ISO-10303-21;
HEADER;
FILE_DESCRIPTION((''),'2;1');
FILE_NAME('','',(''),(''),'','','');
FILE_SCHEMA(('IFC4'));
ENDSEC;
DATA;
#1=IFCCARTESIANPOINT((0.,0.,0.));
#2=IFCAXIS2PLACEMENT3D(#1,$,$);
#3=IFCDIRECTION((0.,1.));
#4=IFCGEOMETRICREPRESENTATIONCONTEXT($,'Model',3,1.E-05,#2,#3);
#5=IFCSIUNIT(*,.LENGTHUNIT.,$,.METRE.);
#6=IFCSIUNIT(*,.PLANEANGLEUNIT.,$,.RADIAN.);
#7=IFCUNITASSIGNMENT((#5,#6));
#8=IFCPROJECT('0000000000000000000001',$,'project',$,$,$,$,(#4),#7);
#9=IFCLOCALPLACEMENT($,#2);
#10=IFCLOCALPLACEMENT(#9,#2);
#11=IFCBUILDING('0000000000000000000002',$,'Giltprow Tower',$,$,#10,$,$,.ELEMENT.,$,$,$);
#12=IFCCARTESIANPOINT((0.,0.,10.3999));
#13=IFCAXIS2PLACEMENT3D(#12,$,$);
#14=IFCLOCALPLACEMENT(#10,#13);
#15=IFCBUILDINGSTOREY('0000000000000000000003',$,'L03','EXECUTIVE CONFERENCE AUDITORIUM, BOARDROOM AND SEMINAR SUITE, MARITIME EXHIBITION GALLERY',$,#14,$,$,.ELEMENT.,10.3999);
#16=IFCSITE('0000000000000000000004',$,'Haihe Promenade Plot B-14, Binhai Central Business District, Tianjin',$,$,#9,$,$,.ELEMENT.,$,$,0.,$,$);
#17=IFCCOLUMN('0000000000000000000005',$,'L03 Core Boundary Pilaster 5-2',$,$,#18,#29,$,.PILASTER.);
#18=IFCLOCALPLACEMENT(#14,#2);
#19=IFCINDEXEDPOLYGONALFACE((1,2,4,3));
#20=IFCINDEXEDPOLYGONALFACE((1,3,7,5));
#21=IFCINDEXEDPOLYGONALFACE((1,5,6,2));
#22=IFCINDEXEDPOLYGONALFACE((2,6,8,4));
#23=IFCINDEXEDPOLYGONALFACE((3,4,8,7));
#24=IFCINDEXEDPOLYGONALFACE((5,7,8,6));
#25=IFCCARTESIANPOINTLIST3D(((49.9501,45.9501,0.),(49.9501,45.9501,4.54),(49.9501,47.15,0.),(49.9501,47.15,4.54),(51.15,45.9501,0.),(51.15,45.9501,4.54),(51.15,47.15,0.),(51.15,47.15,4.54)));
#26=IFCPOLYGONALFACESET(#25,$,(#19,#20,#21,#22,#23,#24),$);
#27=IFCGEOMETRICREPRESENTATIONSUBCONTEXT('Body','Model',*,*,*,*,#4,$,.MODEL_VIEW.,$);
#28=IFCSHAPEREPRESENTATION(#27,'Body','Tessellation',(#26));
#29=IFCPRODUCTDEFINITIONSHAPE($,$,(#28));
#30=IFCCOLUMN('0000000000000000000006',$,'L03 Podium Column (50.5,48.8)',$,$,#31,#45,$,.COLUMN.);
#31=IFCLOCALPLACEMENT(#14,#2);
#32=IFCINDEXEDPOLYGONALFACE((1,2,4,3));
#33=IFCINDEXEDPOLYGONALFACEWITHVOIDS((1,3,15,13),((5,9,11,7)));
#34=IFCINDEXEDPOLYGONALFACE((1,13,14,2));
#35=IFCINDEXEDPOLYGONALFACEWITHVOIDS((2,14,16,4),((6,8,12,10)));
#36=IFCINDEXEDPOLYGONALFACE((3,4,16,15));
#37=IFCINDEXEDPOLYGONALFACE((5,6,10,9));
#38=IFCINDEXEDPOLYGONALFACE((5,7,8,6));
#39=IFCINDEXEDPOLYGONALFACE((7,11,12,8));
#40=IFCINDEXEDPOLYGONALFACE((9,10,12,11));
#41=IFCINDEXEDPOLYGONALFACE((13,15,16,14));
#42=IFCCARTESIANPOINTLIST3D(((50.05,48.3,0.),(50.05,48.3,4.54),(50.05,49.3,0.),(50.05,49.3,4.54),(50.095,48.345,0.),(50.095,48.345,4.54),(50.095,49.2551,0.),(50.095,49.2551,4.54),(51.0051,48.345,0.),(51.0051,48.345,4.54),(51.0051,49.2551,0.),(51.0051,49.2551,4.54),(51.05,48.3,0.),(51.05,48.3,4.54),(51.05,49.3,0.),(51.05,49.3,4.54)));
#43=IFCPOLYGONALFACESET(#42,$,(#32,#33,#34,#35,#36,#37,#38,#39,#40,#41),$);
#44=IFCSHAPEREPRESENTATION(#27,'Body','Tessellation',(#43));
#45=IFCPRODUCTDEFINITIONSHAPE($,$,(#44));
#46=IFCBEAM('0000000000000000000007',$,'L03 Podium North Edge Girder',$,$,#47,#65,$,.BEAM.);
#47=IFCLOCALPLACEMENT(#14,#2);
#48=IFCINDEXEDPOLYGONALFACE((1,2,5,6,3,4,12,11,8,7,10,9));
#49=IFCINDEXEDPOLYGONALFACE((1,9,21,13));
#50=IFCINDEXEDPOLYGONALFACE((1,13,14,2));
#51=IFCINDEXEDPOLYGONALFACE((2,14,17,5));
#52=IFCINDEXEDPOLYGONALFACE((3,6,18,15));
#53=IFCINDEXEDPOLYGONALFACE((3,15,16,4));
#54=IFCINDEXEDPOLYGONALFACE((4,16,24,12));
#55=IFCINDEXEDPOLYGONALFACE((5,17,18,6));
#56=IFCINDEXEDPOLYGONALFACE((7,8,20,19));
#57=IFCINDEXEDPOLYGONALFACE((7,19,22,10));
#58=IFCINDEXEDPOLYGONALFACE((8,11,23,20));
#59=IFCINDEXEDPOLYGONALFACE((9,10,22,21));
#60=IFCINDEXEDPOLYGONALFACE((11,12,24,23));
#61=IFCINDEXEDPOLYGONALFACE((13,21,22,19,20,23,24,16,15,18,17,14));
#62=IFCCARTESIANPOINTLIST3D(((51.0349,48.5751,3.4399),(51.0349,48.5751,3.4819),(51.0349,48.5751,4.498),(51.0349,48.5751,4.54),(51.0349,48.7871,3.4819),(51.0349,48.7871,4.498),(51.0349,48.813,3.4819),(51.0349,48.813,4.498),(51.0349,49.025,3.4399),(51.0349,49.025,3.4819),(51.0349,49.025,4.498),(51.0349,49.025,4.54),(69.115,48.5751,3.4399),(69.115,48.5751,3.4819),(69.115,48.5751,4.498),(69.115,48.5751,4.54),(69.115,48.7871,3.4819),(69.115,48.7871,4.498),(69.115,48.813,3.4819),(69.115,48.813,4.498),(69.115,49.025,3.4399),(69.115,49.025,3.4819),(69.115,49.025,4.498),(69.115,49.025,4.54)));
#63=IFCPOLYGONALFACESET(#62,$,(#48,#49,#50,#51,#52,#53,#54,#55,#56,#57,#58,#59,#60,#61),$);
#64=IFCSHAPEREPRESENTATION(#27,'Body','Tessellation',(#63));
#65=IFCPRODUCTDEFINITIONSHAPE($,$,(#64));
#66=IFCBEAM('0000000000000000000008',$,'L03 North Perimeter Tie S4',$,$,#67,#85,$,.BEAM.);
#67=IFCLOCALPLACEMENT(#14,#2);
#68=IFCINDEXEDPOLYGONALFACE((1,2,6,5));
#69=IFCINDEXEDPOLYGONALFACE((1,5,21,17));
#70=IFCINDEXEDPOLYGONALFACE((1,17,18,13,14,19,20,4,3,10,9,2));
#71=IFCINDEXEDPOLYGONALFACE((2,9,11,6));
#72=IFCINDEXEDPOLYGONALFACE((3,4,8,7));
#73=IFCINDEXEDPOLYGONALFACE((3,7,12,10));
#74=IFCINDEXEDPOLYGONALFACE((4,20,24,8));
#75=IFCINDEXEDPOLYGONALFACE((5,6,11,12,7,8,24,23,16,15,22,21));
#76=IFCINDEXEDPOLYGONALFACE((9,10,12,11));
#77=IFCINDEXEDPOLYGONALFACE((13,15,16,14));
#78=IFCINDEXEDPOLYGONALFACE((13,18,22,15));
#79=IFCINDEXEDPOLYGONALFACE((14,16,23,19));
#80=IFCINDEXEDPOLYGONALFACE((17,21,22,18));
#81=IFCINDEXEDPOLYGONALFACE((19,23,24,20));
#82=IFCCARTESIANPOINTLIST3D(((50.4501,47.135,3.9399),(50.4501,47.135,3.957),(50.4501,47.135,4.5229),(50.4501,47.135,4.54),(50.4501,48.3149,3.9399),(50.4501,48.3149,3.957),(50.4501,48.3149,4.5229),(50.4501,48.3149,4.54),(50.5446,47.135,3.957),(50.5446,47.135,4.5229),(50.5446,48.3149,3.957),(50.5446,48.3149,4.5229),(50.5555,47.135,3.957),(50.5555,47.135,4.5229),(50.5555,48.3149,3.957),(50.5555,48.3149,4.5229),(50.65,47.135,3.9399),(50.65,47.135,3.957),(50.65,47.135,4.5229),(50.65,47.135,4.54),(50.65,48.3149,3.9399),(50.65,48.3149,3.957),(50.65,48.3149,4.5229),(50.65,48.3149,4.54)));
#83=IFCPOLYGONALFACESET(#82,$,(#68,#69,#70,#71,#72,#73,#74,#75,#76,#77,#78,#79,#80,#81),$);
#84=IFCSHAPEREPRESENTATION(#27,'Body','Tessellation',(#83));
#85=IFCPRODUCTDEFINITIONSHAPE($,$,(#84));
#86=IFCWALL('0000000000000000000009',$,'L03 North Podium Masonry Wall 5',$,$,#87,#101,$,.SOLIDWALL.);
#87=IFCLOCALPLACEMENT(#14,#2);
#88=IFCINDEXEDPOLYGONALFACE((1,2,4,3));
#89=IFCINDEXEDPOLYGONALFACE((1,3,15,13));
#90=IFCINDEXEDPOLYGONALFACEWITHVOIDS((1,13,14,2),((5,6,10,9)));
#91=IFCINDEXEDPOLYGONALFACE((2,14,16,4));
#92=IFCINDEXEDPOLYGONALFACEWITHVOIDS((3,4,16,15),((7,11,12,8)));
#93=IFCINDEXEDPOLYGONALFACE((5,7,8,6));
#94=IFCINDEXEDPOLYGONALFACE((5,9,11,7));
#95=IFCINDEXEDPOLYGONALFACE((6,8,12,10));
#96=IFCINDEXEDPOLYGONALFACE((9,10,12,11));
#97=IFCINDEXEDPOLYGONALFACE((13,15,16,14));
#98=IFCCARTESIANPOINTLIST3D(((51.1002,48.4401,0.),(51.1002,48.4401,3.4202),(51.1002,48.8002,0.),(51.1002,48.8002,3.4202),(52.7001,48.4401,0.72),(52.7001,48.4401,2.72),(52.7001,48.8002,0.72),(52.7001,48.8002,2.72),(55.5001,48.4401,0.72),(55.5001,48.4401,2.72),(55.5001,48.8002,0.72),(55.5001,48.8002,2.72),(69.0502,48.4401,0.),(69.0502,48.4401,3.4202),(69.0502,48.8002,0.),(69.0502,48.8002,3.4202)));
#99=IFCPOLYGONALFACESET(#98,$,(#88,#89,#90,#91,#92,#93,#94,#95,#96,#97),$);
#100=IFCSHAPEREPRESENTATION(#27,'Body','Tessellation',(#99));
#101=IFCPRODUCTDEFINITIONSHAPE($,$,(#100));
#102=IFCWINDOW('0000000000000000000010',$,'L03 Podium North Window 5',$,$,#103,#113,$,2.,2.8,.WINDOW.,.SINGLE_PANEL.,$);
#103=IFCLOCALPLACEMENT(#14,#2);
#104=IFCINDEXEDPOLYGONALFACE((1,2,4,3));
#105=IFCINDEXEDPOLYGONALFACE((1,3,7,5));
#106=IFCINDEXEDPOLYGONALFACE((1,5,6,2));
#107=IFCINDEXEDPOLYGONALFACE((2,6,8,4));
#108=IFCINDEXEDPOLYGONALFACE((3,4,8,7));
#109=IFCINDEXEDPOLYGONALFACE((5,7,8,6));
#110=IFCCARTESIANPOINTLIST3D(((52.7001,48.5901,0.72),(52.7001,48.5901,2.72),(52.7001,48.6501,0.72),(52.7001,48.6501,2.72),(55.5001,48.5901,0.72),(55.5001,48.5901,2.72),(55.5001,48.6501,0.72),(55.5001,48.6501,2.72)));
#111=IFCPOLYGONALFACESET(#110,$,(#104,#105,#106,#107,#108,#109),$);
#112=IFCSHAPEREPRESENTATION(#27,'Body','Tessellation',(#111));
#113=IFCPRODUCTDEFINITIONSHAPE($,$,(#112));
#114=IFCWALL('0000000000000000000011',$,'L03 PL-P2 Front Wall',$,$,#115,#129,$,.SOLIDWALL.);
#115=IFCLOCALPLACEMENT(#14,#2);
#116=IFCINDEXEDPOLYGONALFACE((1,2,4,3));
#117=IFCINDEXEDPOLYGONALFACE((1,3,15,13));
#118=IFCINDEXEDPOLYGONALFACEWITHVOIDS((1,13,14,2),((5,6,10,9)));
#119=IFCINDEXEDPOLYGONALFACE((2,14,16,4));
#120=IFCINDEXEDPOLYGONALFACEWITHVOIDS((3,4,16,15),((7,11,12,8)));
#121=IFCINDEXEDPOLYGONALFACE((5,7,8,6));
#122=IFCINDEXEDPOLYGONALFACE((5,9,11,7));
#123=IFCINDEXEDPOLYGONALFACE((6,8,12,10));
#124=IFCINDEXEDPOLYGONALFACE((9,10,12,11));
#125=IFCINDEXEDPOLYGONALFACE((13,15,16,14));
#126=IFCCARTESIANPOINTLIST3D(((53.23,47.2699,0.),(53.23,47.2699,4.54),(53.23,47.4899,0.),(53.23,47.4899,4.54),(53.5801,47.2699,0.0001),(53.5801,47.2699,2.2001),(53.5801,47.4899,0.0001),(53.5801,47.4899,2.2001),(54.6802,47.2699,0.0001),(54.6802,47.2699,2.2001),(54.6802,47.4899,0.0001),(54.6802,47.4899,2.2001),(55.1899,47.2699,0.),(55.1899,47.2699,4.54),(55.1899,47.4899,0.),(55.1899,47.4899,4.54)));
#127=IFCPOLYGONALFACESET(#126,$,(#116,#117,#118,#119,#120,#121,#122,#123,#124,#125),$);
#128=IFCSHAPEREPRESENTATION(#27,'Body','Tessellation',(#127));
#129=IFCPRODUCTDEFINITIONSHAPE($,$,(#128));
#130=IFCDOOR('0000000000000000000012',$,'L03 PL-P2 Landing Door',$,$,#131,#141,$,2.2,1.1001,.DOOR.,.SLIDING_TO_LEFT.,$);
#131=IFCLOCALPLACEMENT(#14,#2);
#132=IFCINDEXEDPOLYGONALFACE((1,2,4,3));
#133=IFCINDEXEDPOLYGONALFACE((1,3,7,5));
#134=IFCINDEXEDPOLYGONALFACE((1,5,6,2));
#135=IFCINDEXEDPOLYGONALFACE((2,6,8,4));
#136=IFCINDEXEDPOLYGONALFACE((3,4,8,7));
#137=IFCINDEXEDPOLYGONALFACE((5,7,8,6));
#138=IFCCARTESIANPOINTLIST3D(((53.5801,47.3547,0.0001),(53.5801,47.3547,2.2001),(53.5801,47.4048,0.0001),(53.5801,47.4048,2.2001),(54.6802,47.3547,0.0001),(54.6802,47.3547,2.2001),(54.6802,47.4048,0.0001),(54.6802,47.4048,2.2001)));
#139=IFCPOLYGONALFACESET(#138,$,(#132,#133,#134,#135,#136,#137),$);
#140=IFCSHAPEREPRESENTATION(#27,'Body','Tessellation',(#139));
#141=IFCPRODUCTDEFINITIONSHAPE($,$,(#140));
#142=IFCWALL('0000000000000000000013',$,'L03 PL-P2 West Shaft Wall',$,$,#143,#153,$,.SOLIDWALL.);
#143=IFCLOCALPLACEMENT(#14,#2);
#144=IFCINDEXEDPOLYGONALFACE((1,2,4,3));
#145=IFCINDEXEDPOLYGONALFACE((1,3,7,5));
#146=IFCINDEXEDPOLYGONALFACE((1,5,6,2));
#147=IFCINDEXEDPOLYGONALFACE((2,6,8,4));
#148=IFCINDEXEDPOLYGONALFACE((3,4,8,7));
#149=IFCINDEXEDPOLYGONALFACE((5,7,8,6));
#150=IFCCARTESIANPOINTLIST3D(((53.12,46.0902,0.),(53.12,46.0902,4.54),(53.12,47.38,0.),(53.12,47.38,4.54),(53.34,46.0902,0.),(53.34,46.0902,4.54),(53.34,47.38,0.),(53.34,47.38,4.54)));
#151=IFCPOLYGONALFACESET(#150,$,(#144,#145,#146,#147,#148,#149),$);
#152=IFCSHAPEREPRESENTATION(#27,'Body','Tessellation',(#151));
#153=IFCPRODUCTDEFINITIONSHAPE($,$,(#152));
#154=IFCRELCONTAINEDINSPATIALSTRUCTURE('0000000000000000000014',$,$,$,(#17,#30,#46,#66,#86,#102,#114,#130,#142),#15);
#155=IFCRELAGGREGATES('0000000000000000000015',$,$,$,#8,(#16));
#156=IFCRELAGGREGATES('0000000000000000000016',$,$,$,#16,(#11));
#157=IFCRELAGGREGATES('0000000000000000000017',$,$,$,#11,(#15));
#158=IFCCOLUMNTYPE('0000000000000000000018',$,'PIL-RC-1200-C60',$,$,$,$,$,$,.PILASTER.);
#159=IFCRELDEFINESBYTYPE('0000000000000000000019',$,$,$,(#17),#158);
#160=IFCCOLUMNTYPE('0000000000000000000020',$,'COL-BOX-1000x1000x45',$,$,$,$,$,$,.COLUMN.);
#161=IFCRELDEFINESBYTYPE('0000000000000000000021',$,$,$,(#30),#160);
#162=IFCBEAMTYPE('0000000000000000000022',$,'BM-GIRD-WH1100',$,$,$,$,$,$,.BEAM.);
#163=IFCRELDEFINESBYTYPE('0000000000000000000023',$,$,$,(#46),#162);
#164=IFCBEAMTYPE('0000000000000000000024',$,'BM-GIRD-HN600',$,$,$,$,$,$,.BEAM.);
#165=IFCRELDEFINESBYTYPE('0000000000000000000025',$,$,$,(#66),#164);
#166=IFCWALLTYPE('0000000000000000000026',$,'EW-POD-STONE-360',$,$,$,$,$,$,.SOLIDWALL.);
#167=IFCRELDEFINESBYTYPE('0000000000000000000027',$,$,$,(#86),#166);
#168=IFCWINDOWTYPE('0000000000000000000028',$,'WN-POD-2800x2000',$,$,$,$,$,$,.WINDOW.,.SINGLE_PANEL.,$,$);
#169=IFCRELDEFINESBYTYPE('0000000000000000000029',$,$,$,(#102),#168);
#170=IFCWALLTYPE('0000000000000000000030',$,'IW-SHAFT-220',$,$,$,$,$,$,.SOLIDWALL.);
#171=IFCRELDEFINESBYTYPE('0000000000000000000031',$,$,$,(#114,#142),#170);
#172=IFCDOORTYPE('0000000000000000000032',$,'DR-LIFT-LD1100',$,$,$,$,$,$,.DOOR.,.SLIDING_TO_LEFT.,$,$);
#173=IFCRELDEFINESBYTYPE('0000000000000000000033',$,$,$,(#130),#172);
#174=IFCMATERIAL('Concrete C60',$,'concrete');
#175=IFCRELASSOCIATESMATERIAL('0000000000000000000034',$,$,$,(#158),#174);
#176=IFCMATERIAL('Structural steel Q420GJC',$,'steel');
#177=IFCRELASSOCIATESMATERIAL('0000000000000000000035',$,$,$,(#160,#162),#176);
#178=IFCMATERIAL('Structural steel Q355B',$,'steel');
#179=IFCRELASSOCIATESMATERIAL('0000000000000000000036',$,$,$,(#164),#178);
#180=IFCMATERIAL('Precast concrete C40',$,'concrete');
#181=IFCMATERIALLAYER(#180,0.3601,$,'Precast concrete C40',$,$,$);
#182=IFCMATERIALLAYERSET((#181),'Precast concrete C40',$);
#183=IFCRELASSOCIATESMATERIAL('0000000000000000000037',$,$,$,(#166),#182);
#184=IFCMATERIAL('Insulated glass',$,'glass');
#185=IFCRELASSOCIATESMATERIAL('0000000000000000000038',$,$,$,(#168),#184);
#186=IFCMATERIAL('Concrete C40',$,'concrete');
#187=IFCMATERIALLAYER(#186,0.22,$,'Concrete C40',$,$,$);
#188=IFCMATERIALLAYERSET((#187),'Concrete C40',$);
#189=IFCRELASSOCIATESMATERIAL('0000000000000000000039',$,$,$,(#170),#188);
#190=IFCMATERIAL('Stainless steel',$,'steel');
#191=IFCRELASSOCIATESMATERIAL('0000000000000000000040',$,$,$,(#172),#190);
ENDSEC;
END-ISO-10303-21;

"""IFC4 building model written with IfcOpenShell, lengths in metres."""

from ifc_helpers import new_model, si_unit, direction, frame, frame_2d, origin, origin_2d, place, context, subcontext, project, spatial, rectangle, hollow_rectangle, i_section, extrude, source, transform, mapped, material, layer, layer_set, material_profile, profile_set, type_object, element, fill, save


model = new_model("IFC4")

# Units and contexts
model_context = context("Model", 3, precision=1e-05, world=origin(), true_north=direction((0.0, 1.0)))
body_context = subcontext(model_context, "Body", "Model", "MODEL_VIEW")
ifc_project = project(units=[si_unit("LENGTHUNIT", "METRE"), si_unit("PLANEANGLEUNIT", "RADIAN")], contexts=[model_context])

# Site, building, storey
site_placement = place(None, origin())
site = spatial("IfcSite", under=ifc_project, at=site_placement, Name="Haihe Promenade Plot B-14, Binhai Central Business District, Tianjin", CompositionType="ELEMENT", RefElevation=0.0)
building_placement = place(site_placement, origin())
building = spatial("IfcBuilding", under=site, at=building_placement, Name="Giltprow Tower", CompositionType="ELEMENT")
storey_placement = place(building_placement, frame((0.0, 0.0, 10.3999)))
storey = spatial("IfcBuildingStorey", under=building, at=storey_placement, Name="L03", Description="EXECUTIVE CONFERENCE AUDITORIUM, BOARDROOM AND SEMINAR SUITE, MARITIME EXHIBITION GALLERY", CompositionType="ELEMENT", Elevation=10.3999)

# Columns
ifc_material_1 = material(Name="Concrete C60", Category="concrete")
ifc_material_profile_1 = material_profile(ifc_material_1, rectangle(XDim=1.2, YDim=1.2, at=origin_2d()), Name="RC 1200x1200")
ifc_profile_set_1 = profile_set([ifc_material_profile_1], Name="Concrete C60")
column_type_1 = type_object("IfcColumnType", Name="PIL-RC-1200-C60", PredefinedType="PILASTER", material=ifc_profile_set_1)
shared_shape_1 = source(origin(), body_context, "Body", "SweptSolid", [
    extrude(rectangle(XDim=1.2, YDim=1.2, at=origin_2d()), origin(), (0.0, 0.0, 1.0), 4.54),
])
column_1_placement = place(storey_placement, frame((50.55, 46.55, 0.0), z_axis=(0.0, 0.0, 1.0), x_axis=(1.0, 0.0, 0.0)))
element("IfcColumn", 1, at=column_1_placement, inside=storey, type_object=column_type_1, Name="L03 Core Boundary Pilaster 5-2", PredefinedType="PILASTER", context=body_context, shape_type="MappedRepresentation", body=[
    mapped(shared_shape_1, transform((0.0, 0.0, 0.0), x_axis=(1.0, 0.0, 0.0), y_axis=(0.0, 1.0, 0.0), z_axis=(0.0, 0.0, 1.0), scale=1.0)),
])
ifc_material_2 = material(Name="Structural steel Q420GJC", Category="steel")
ifc_material_profile_2 = material_profile(ifc_material_2, hollow_rectangle(XDim=1.0, YDim=1.0, WallThickness=0.0449, at=origin_2d()), Name="BOX 1000x1000x45")
ifc_profile_set_2 = profile_set([ifc_material_profile_2], Name="Structural steel Q420GJC")
column_type_2 = type_object("IfcColumnType", Name="COL-BOX-1000x1000x45", PredefinedType="COLUMN", material=ifc_profile_set_2)
shared_shape_2 = source(origin(), body_context, "Body", "SweptSolid", [
    extrude(hollow_rectangle(XDim=1.0, YDim=1.0, WallThickness=0.0449, at=origin_2d()), origin(), (0.0, 0.0, 1.0), 4.54),
])
column_2_placement = place(storey_placement, frame((50.55, 48.8, 0.0), z_axis=(0.0, 0.0, 1.0), x_axis=(1.0, 0.0, 0.0)))
element("IfcColumn", 2, at=column_2_placement, inside=storey, type_object=column_type_2, Name="L03 Podium Column (50.5,48.8)", PredefinedType="COLUMN", context=body_context, shape_type="MappedRepresentation", body=[
    mapped(shared_shape_2, transform((0.0, 0.0, 0.0), x_axis=(1.0, 0.0, 0.0), y_axis=(0.0, 1.0, 0.0), z_axis=(0.0, 0.0, 1.0), scale=1.0)),
])

# Beams
ifc_material_profile_3 = material_profile(ifc_material_2, i_section(OverallWidth=0.45, OverallDepth=1.1001, WebThickness=0.0259, FlangeThickness=0.042, at=origin_2d()), Name="WH 1100x450x26x42")
ifc_profile_set_3 = profile_set([ifc_material_profile_3], Name="Structural steel Q420GJC")
beam_type_1 = type_object("IfcBeamType", Name="BM-GIRD-WH1100", PredefinedType="BEAM", material=ifc_profile_set_3)
shared_shape_3 = source(origin(), body_context, "Body", "SweptSolid", [
    extrude(i_section(OverallWidth=0.45, OverallDepth=1.1001, WebThickness=0.0259, FlangeThickness=0.042, at=origin_2d()), origin(), (0.0, 0.0, 1.0), 18.0801),
])
beam_1_placement = place(storey_placement, frame((51.0349, 48.8, 3.99), z_axis=(1.0, 0.0, 0.0), x_axis=(0.0, 1.0, 0.0)))
element("IfcBeam", 3, at=beam_1_placement, inside=storey, type_object=beam_type_1, Name="L03 Podium North Edge Girder", PredefinedType="BEAM", context=body_context, shape_type="MappedRepresentation", body=[
    mapped(shared_shape_3, transform((0.0, 0.0, 0.0), x_axis=(1.0, 0.0, 0.0), y_axis=(0.0, 1.0, 0.0), z_axis=(0.0, 0.0, 1.0), scale=1.0)),
])
ifc_material_3 = material(Name="Structural steel Q355B", Category="steel")
ifc_material_profile_4 = material_profile(ifc_material_3, i_section(OverallWidth=0.2, OverallDepth=0.6001, WebThickness=0.011, FlangeThickness=0.0171, at=origin_2d()), Name="HN 600x200x11x17")
ifc_profile_set_4 = profile_set([ifc_material_profile_4], Name="Structural steel Q355B")
beam_type_2 = type_object("IfcBeamType", Name="BM-GIRD-HN600", PredefinedType="BEAM", material=ifc_profile_set_4)
shared_shape_4 = source(origin(), body_context, "Body", "SweptSolid", [
    extrude(i_section(OverallWidth=0.2, OverallDepth=0.6001, WebThickness=0.011, FlangeThickness=0.0171, at=origin_2d()), origin(), (0.0, 0.0, 1.0), 1.1799),
])
beam_2_placement = place(storey_placement, frame((50.55, 47.135, 4.24), z_axis=(0.0, 1.0, 0.0), x_axis=(-1.0, 0.0, 0.0)))
element("IfcBeam", 4, at=beam_2_placement, inside=storey, type_object=beam_type_2, Name="L03 North Perimeter Tie S4", PredefinedType="BEAM", context=body_context, shape_type="MappedRepresentation", body=[
    mapped(shared_shape_4, transform((0.0, 0.0, 0.0), x_axis=(1.0, 0.0, 0.0), y_axis=(0.0, 1.0, 0.0), z_axis=(0.0, 0.0, 1.0), scale=1.0)),
])

# Wall, opening, window
ifc_material_4 = material(Name="Precast concrete C40", Category="concrete")
ifc_layer_1 = layer(ifc_material_4, 0.3601, Name="Precast concrete C40")
ifc_layer_set_1 = layer_set([ifc_layer_1], Name="Precast concrete C40")
wall_type_1 = type_object("IfcWallType", Name="EW-POD-STONE-360", PredefinedType="SOLIDWALL", material=ifc_layer_set_1)
wall_1_placement = place(storey_placement, frame((51.1001, 48.6201, 0.0), z_axis=(0.0, 0.0, 1.0), x_axis=(1.0, 0.0, 0.0)))
wall_1 = element("IfcWall", 5, at=wall_1_placement, inside=storey, type_object=wall_type_1, Name="L03 North Podium Masonry Wall 5", PredefinedType="SOLIDWALL", context=body_context, shape_type="SweptSolid", body=[
    extrude(rectangle(XDim=17.95, YDim=0.3601, at=frame_2d((8.9751, 0.0))), origin(), (0.0, 0.0, 1.0), 3.4202),
])
opening_1_placement = place(wall_1_placement, frame((1.6001, 0.0, 0.72)))
opening_1 = element("IfcOpeningElement", 6, at=opening_1_placement, cuts=wall_1, PredefinedType="OPENING", context=body_context, shape_type="SweptSolid", body=[
    extrude(rectangle(XDim=2.8, YDim=2.0, at=frame_2d((1.3999, 1.0))), frame((0.0, 0.1899, 0.0), z_axis=(0.0, -1.0, 0.0), x_axis=(1.0, 0.0, 0.0)), (0.0, 0.0, 1.0), 0.3801),
])
ifc_material_5 = material(Name="Insulated glass", Category="glass")
window_type = type_object("IfcWindowType", Name="WN-POD-2800x2000", PartitioningType="SINGLE_PANEL", PredefinedType="WINDOW", material=ifc_material_5)
shared_shape_5 = source(origin(), body_context, "Body", "SweptSolid", [
    extrude(rectangle(XDim=2.8, YDim=2.0, at=frame_2d((1.3999, 1.0))), frame((0.0, 0.03, 0.0), z_axis=(0.0, -1.0, 0.0), x_axis=(1.0, 0.0, 0.0)), (0.0, 0.0, 1.0), 0.0601),
])
window_placement = place(opening_1_placement, origin())
window = element("IfcWindow", 7, at=window_placement, inside=storey, type_object=window_type, Name="L03 Podium North Window 5", OverallHeight=2.0, OverallWidth=2.8, PartitioningType="SINGLE_PANEL", PredefinedType="WINDOW", context=body_context, shape_type="MappedRepresentation", body=[
    mapped(shared_shape_5, transform((0.0, 0.0, 0.0), x_axis=(1.0, 0.0, 0.0), y_axis=(0.0, 1.0, 0.0), z_axis=(0.0, 0.0, 1.0), scale=1.0)),
])
fill(opening_1, window)

# Wall, opening, door
ifc_material_6 = material(Name="Concrete C40", Category="concrete")
ifc_layer_2 = layer(ifc_material_6, 0.22, Name="Concrete C40")
ifc_layer_set_2 = layer_set([ifc_layer_2], Name="Concrete C40")
wall_type_2 = type_object("IfcWallType", Name="IW-SHAFT-220", PredefinedType="SOLIDWALL", material=ifc_layer_set_2)
wall_2_placement = place(storey_placement, frame((53.23, 47.3799, 0.0), z_axis=(0.0, 0.0, 1.0), x_axis=(1.0, 0.0, 0.0)))
wall_2 = element("IfcWall", 8, at=wall_2_placement, inside=storey, type_object=wall_type_2, Name="L03 PL-P2 Front Wall", PredefinedType="SOLIDWALL", context=body_context, shape_type="SweptSolid", body=[
    extrude(rectangle(XDim=1.96, YDim=0.22, at=frame_2d((0.98, 0.0))), origin(), (0.0, 0.0, 1.0), 4.54),
])
opening_2_placement = place(wall_2_placement, frame((0.3501, 0.0, 0.0)))
opening_2 = element("IfcOpeningElement", 9, at=opening_2_placement, cuts=wall_2, PredefinedType="OPENING", context=body_context, shape_type="SweptSolid", body=[
    extrude(rectangle(XDim=1.1001, YDim=2.2, at=frame_2d((0.55, 1.1001))), frame((0.0, 0.1199, 0.0), z_axis=(0.0, -1.0, 0.0), x_axis=(1.0, 0.0, 0.0)), (0.0, 0.0, 1.0), 0.24),
])
ifc_material_7 = material(Name="Stainless steel", Category="steel")
door_type_1 = type_object("IfcDoorType", Name="DR-LIFT-LD1100", OperationType="SLIDING_TO_LEFT", PredefinedType="DOOR", material=ifc_material_7)
shared_shape_6 = source(origin(), body_context, "Body", "SweptSolid", [
    extrude(rectangle(XDim=1.1001, YDim=2.2, at=frame_2d((0.55, 1.1001))), frame((0.0, 0.0249, 0.0), z_axis=(0.0, -1.0, 0.0), x_axis=(1.0, 0.0, 0.0)), (0.0, 0.0, 1.0), 0.05),
])
door_1_placement = place(opening_2_placement, origin())
door_1 = element("IfcDoor", 10, at=door_1_placement, inside=storey, type_object=door_type_1, Name="L03 PL-P2 Landing Door", OperationType="SLIDING_TO_LEFT", OverallHeight=2.2, OverallWidth=1.1001, PredefinedType="DOOR", context=body_context, shape_type="MappedRepresentation", body=[
    mapped(shared_shape_6, transform((0.0, 0.0, 0.0), x_axis=(1.0, 0.0, 0.0), y_axis=(0.0, 1.0, 0.0), z_axis=(0.0, 0.0, 1.0), scale=1.0)),
])
fill(opening_2, door_1)

# Wall
wall_3_placement = place(storey_placement, frame((53.23, 46.0901, 0.0), z_axis=(0.0, 0.0, 1.0), x_axis=(0.0, 1.0, 0.0)))
element("IfcWall", 11, at=wall_3_placement, inside=storey, type_object=wall_type_2, Name="L03 PL-P2 West Shaft Wall", PredefinedType="SOLIDWALL", context=body_context, shape_type="SweptSolid", body=[
    extrude(rectangle(XDim=1.2898, YDim=0.22, at=frame_2d((0.645, 0.0))), origin(), (0.0, 0.0, 1.0), 4.54),
])

save(model, "model.ifc")
